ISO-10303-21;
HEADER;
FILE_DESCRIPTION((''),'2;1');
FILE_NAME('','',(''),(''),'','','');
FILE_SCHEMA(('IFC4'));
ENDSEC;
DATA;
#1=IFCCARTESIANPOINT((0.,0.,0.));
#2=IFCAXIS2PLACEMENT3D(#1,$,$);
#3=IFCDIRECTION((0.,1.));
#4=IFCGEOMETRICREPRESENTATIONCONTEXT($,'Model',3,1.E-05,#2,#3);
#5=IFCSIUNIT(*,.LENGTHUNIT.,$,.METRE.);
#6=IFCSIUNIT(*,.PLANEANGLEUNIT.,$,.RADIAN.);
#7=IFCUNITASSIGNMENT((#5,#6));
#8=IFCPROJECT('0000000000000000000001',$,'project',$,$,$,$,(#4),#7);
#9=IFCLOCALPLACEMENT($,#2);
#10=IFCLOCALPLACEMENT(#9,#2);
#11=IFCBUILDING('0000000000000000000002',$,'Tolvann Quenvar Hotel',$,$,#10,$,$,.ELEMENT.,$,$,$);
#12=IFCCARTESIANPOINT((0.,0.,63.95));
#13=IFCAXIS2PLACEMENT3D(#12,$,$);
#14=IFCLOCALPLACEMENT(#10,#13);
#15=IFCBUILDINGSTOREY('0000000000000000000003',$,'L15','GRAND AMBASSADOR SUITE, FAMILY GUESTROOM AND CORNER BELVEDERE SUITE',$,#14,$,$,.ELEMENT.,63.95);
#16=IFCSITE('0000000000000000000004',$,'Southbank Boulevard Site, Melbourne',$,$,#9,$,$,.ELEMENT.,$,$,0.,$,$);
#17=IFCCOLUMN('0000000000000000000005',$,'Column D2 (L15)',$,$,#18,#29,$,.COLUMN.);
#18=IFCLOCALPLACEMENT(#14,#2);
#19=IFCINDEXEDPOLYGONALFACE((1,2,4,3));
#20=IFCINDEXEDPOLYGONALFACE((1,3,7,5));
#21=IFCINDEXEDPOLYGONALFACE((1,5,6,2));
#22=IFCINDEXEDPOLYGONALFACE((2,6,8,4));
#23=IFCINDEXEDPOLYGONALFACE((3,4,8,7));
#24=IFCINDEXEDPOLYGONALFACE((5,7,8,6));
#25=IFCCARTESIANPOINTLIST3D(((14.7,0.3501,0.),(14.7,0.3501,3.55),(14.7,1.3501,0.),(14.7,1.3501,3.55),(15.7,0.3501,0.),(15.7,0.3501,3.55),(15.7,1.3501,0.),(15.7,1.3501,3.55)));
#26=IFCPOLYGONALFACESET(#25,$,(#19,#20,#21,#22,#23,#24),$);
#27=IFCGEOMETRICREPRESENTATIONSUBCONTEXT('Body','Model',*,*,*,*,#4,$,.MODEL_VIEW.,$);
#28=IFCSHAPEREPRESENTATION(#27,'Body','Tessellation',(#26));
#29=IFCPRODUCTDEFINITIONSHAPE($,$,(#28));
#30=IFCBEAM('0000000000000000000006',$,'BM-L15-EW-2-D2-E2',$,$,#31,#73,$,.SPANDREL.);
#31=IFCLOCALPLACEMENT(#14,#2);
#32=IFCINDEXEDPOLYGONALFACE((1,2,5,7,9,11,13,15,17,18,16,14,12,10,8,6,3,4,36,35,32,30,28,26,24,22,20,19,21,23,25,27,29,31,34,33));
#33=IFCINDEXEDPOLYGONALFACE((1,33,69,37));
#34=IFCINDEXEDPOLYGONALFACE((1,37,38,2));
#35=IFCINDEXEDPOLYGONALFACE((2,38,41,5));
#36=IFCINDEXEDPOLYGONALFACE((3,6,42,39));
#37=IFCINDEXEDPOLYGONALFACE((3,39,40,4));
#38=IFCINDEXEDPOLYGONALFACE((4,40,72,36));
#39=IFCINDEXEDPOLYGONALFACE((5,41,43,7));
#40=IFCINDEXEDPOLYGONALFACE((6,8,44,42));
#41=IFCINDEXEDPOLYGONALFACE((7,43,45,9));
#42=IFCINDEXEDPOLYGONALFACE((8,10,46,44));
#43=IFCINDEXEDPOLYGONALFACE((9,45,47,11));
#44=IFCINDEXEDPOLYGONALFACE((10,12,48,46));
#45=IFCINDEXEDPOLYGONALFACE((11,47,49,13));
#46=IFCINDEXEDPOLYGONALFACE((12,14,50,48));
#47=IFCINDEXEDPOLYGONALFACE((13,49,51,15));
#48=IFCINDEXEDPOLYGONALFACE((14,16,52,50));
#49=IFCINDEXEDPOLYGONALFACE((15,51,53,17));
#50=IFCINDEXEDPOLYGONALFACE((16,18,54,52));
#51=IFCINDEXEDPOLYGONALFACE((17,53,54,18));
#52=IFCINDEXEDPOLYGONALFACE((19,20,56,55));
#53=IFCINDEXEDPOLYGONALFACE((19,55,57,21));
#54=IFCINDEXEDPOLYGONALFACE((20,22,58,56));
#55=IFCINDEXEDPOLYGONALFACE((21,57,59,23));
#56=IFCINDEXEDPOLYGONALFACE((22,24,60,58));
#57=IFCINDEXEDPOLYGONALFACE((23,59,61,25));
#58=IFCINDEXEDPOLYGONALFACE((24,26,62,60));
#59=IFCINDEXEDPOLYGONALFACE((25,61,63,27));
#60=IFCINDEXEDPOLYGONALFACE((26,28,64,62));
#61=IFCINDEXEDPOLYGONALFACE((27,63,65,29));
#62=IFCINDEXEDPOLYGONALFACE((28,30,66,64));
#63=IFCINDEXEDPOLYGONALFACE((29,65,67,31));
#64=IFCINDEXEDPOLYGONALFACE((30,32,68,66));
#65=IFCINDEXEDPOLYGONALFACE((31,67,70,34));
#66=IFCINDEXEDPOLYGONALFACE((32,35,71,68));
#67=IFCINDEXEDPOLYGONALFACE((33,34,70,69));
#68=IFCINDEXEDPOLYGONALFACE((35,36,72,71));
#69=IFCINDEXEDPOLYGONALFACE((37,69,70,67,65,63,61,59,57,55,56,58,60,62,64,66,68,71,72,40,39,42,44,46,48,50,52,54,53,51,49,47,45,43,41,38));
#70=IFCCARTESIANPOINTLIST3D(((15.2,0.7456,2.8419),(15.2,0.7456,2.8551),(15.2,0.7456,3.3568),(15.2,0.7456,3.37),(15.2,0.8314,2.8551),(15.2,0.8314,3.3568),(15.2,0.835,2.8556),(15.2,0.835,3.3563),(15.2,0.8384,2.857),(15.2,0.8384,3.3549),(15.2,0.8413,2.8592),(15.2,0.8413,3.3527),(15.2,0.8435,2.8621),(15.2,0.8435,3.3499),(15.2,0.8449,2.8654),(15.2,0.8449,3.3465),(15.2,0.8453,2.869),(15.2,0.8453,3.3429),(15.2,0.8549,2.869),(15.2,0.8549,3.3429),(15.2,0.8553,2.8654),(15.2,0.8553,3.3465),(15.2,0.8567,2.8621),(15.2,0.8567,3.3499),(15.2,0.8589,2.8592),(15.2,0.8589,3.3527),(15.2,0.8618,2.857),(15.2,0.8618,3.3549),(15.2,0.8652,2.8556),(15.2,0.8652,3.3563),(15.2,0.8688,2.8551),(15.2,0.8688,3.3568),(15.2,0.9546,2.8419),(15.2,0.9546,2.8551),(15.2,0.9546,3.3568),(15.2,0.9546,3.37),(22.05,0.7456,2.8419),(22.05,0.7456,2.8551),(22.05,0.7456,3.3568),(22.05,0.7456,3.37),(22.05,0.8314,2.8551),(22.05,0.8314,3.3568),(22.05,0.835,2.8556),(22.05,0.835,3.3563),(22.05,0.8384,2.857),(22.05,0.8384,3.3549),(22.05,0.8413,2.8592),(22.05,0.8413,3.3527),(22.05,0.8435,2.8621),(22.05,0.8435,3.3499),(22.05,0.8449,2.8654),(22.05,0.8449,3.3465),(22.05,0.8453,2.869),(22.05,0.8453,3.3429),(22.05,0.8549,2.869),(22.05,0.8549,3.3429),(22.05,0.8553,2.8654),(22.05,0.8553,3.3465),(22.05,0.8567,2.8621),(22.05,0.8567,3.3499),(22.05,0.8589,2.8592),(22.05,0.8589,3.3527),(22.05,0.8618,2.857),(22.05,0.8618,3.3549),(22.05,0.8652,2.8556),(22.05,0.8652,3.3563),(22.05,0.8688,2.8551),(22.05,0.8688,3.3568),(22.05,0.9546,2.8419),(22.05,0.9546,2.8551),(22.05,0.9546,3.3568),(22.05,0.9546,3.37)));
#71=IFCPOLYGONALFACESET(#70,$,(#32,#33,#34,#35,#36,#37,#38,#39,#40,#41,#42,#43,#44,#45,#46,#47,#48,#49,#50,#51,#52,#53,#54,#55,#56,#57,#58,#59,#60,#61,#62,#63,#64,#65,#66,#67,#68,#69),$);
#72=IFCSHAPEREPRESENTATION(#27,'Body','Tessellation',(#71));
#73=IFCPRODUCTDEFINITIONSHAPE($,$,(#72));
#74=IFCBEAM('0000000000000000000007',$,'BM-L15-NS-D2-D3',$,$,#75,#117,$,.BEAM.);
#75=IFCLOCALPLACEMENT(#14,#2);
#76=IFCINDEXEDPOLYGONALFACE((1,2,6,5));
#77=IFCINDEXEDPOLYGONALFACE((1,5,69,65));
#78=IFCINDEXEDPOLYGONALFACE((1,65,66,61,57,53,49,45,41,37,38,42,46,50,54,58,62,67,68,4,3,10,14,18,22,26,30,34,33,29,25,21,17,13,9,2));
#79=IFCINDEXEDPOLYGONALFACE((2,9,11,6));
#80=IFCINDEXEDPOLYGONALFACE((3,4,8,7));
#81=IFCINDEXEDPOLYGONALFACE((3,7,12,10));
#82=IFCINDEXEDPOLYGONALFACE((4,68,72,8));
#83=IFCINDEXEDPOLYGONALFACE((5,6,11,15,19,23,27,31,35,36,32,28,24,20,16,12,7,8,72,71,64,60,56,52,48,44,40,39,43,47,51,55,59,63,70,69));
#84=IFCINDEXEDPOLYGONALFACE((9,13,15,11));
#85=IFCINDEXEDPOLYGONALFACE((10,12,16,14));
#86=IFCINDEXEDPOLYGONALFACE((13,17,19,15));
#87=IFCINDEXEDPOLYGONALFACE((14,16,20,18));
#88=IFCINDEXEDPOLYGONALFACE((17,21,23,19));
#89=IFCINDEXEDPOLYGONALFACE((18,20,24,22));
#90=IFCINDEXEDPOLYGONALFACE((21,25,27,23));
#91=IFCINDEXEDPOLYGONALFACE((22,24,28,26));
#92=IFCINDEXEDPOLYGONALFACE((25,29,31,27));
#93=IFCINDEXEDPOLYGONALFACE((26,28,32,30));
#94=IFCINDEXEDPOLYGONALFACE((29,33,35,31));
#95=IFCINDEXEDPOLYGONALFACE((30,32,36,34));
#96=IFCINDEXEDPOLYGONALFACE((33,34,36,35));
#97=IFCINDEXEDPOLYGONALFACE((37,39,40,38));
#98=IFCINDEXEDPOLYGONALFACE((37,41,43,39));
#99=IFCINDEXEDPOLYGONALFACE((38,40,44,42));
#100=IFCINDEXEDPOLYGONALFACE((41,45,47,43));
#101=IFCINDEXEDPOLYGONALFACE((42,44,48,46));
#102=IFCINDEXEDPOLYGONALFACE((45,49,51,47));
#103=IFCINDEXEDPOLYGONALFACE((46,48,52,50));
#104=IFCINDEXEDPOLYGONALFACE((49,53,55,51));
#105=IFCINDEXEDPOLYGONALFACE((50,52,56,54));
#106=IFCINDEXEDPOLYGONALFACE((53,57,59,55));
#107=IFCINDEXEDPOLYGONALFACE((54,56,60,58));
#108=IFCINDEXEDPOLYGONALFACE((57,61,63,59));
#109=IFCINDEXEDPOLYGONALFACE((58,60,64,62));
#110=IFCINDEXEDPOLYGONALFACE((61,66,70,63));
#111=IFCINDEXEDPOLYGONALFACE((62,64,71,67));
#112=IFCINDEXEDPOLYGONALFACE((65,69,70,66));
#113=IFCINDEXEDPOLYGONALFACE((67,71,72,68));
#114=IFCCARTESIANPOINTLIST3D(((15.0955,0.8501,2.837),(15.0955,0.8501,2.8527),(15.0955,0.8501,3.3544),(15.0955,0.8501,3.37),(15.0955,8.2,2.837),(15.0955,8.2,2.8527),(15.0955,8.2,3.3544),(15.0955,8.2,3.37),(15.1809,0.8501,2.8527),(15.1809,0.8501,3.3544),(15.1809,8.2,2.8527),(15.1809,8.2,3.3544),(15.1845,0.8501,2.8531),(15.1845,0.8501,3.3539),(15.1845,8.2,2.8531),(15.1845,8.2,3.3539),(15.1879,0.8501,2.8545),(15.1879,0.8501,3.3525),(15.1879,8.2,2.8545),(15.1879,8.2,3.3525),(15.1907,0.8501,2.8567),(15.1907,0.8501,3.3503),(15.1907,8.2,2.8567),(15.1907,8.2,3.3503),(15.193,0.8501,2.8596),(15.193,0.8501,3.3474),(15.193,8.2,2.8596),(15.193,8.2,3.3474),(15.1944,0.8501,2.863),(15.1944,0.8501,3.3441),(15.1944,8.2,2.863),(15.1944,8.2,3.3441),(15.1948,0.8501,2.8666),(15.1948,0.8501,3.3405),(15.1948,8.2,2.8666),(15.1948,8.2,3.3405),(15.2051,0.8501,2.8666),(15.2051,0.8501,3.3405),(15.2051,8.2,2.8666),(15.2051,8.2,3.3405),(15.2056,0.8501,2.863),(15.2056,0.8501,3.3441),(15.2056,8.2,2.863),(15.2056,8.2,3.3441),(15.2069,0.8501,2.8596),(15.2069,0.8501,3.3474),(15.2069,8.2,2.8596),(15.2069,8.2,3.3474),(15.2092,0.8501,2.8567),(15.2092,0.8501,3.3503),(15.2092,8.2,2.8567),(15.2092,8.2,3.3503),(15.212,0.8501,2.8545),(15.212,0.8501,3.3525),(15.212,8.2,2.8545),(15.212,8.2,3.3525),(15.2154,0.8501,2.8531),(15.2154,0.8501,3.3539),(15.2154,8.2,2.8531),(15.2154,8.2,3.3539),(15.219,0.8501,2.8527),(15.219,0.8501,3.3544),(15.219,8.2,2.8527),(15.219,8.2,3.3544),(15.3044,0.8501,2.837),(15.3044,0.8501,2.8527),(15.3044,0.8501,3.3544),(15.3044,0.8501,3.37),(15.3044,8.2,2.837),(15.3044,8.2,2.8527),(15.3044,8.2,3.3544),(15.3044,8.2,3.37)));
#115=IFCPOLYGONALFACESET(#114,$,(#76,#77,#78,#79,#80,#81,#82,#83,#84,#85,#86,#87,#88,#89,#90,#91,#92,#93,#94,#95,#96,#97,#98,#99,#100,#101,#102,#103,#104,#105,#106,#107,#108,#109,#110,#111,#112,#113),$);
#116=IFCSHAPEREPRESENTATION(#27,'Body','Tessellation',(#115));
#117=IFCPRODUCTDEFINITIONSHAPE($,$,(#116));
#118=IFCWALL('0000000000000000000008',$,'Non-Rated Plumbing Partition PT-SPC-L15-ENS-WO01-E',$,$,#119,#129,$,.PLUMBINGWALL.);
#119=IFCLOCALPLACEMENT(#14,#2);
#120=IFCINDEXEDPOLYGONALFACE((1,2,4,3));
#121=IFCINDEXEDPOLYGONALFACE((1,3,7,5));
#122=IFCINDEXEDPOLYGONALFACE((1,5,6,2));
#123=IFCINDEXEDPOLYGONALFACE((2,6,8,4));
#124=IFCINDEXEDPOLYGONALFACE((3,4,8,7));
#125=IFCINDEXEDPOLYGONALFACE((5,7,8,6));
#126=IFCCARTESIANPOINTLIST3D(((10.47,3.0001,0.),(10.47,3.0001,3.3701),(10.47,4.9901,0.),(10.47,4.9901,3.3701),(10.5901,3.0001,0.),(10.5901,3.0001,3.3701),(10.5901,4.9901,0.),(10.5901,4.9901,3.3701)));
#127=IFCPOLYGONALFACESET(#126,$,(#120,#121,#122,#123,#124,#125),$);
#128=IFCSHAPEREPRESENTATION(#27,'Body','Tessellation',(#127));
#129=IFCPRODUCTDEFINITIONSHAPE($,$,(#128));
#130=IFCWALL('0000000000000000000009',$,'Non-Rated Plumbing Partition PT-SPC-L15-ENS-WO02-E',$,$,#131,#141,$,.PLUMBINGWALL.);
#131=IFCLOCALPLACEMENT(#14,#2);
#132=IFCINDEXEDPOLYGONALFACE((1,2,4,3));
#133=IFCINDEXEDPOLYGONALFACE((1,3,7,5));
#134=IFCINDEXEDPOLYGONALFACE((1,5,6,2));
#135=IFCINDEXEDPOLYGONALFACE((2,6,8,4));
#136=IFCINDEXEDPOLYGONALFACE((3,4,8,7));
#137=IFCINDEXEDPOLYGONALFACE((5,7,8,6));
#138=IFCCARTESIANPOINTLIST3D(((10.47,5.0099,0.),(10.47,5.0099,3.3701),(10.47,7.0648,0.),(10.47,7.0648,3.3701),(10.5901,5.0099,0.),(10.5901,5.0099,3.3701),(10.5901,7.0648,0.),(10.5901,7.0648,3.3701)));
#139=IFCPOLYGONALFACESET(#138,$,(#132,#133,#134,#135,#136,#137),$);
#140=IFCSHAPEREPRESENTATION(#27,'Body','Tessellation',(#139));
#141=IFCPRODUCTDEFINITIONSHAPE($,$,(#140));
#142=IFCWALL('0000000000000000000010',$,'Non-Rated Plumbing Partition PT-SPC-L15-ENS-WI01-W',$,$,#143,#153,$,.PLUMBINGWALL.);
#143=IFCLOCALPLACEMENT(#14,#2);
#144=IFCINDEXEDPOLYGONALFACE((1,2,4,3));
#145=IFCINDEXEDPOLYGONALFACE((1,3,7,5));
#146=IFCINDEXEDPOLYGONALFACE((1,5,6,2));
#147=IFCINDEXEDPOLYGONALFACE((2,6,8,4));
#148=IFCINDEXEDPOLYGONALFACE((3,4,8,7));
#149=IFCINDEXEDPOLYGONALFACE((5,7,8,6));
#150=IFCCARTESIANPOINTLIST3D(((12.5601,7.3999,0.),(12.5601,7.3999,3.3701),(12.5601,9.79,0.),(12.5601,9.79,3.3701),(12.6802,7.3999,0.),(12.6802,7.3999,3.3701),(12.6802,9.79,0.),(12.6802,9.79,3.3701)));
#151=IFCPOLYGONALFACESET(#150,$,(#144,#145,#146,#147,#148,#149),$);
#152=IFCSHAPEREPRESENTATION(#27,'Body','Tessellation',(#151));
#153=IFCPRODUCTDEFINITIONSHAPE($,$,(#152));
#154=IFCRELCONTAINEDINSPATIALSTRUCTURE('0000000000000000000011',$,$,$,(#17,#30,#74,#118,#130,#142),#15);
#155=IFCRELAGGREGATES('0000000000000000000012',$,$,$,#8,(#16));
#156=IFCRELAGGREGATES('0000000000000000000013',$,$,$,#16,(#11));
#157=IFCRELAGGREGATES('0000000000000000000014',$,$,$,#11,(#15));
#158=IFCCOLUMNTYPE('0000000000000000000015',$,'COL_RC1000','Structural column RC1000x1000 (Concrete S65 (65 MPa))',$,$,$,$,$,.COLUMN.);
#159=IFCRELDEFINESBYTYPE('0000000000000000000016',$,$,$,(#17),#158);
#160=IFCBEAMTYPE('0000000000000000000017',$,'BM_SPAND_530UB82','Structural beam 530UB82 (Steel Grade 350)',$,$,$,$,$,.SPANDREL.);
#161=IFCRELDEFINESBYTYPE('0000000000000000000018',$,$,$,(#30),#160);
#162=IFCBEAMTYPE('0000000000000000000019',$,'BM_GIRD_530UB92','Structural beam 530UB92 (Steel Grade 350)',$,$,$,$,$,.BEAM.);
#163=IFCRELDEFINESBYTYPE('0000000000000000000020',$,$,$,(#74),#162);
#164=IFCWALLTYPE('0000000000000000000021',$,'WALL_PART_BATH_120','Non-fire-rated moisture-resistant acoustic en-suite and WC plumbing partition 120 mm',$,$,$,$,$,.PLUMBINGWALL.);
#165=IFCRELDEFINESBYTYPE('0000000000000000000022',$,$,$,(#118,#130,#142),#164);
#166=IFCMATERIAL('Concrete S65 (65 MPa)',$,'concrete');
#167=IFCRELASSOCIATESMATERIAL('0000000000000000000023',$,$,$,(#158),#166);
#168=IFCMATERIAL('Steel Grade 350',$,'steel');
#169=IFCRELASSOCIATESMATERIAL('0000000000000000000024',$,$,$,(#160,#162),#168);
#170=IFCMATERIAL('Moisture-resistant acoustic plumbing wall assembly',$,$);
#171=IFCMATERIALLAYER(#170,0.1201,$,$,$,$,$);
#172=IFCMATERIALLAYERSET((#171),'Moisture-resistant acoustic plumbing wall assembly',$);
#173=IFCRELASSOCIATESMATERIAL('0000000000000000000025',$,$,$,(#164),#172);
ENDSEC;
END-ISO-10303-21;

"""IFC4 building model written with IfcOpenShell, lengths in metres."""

from ifc_helpers import new_model, si_unit, direction, frame, frame_2d, origin, origin_2d, place, context, subcontext, project, spatial, rectangle, i_section, extrude, source, transform, mapped, material, layer, layer_set, material_profile, profile_set, type_object, type_shapes, element, save


model = new_model("IFC4")

# Units and contexts
model_context = context("Model", 3, precision=1e-05, world=origin(), true_north=direction((0.0, 1.0)))
body_context = subcontext(model_context, "Body", "Model", "MODEL_VIEW")
ifc_project = project(units=[si_unit("LENGTHUNIT", "METRE"), si_unit("PLANEANGLEUNIT", "RADIAN")], contexts=[model_context])

# Site, building, storey
site_placement = place(None, origin())
site = spatial("IfcSite", under=ifc_project, at=site_placement, Name="Southbank Boulevard Site, Melbourne", CompositionType="ELEMENT", RefElevation=0.0)
building_placement = place(site_placement, origin())
building = spatial("IfcBuilding", under=site, at=building_placement, Name="Tolvann Quenvar Hotel", CompositionType="ELEMENT")
storey_placement = place(building_placement, frame((0.0, 0.0, 63.95)))
storey = spatial("IfcBuildingStorey", under=building, at=storey_placement, Name="L15", Description="GRAND AMBASSADOR SUITE, FAMILY GUESTROOM AND CORNER BELVEDERE SUITE", CompositionType="ELEMENT", Elevation=63.95)

# Column
ifc_material_1 = material(Name="Concrete S65 (65 MPa)", Category="concrete")
ifc_material_profile_1 = material_profile(ifc_material_1, rectangle(XDim=1.0, YDim=1.0, at=origin_2d()), Name="RC1000x1000")
ifc_profile_set_1 = profile_set([ifc_material_profile_1], Name="Concrete S65 (65 MPa)")
column_type = type_object("IfcColumnType", Name="COL_RC1000", Description="Structural column RC1000x1000 (Concrete S65 (65 MPa))", PredefinedType="COLUMN", material=ifc_profile_set_1)
shared_shape_1 = source(origin(), body_context, "Body", "SweptSolid", [
    extrude(rectangle(XDim=1.0, YDim=1.0, at=origin_2d()), origin(), (0.0, 0.0, 1.0), 3.55),
])
type_shapes(column_type, [shared_shape_1])
column_placement = place(storey_placement, frame((15.2, 0.8501, 0.0), z_axis=(0.0, 0.0, 1.0), x_axis=(1.0, 0.0, 0.0)))
element("IfcColumn", 1, at=column_placement, inside=storey, type_object=column_type, Name="Column D2 (L15)", PredefinedType="COLUMN", context=body_context, shape_type="MappedRepresentation", body=[
    mapped(shared_shape_1, transform((0.0, 0.0, 0.0), x_axis=(1.0, 0.0, 0.0), y_axis=(0.0, 1.0, 0.0), z_axis=(0.0, 0.0, 1.0), scale=1.0)),
])

# Beams
ifc_material_2 = material(Name="Steel Grade 350", Category="steel")
ifc_material_profile_2 = material_profile(ifc_material_2, i_section(OverallWidth=0.209, OverallDepth=0.5281, WebThickness=0.0095, FlangeThickness=0.0132, FilletRadius=0.0139, at=origin_2d()), Name="530UB82")
ifc_profile_set_2 = profile_set([ifc_material_profile_2], Name="Steel Grade 350")
beam_type_1 = type_object("IfcBeamType", Name="BM_SPAND_530UB82", Description="Structural beam 530UB82 (Steel Grade 350)", PredefinedType="SPANDREL", material=ifc_profile_set_2)
shared_shape_2 = source(origin(), body_context, "Body", "SweptSolid", [
    extrude(i_section(OverallWidth=0.209, OverallDepth=0.5281, WebThickness=0.0095, FlangeThickness=0.0132, FilletRadius=0.0139, at=origin_2d()), origin(), (0.0, 0.0, 1.0), 6.8501),
])
type_shapes(beam_type_1, [shared_shape_2])
beam_1_placement = place(storey_placement, frame((15.2, 0.8501, 3.106), z_axis=(1.0, 0.0, 0.0), x_axis=(0.0, 1.0, 0.0)))
element("IfcBeam", 2, at=beam_1_placement, inside=storey, type_object=beam_type_1, Name="BM-L15-EW-2-D2-E2", PredefinedType="SPANDREL", context=body_context, shape_type="MappedRepresentation", body=[
    mapped(shared_shape_2, transform((0.0, 0.0, 0.0), x_axis=(1.0, 0.0, 0.0), y_axis=(0.0, 1.0, 0.0), z_axis=(0.0, 0.0, 1.0), scale=1.0)),
])
ifc_material_profile_3 = material_profile(ifc_material_2, i_section(OverallWidth=0.209, OverallDepth=0.533, WebThickness=0.0103, FlangeThickness=0.0156, FilletRadius=0.0139, at=origin_2d()), Name="530UB92")
ifc_profile_set_3 = profile_set([ifc_material_profile_3], Name="Steel Grade 350")
beam_type_2 = type_object("IfcBeamType", Name="BM_GIRD_530UB92", Description="Structural beam 530UB92 (Steel Grade 350)", PredefinedType="BEAM", material=ifc_profile_set_3)
shared_shape_3 = source(origin(), body_context, "Body", "SweptSolid", [
    extrude(i_section(OverallWidth=0.209, OverallDepth=0.533, WebThickness=0.0103, FlangeThickness=0.0156, FilletRadius=0.0139, at=origin_2d()), origin(), (0.0, 0.0, 1.0), 7.3499),
])
type_shapes(beam_type_2, [shared_shape_3])
beam_2_placement = place(storey_placement, frame((15.2, 0.8501, 3.1035), z_axis=(0.0, 1.0, 0.0), x_axis=(-1.0, 0.0, 0.0)))
element("IfcBeam", 3, at=beam_2_placement, inside=storey, type_object=beam_type_2, Name="BM-L15-NS-D2-D3", PredefinedType="BEAM", context=body_context, shape_type="MappedRepresentation", body=[
    mapped(shared_shape_3, transform((0.0, 0.0, 0.0), x_axis=(1.0, 0.0, 0.0), y_axis=(0.0, 1.0, 0.0), z_axis=(0.0, 0.0, 1.0), scale=1.0)),
])

# Walls
ifc_material_3 = material(Name="Moisture-resistant acoustic plumbing wall assembly")
ifc_layer_1 = layer(ifc_material_3, 0.1201)
ifc_layer_set_1 = layer_set([ifc_layer_1], Name="Moisture-resistant acoustic plumbing wall assembly")
wall_type_1 = type_object("IfcWallType", Name="WALL_PART_BATH_120", Description="Non-fire-rated moisture-resistant acoustic en-suite and WC plumbing partition 120 mm", PredefinedType="PLUMBINGWALL", material=ifc_layer_set_1)
wall_1_placement = place(storey_placement, frame((10.53, 3.0, 0.0), z_axis=(0.0, 0.0, 1.0), x_axis=(0.0, 1.0, 0.0)))
element("IfcWall", 4, at=wall_1_placement, inside=storey, type_object=wall_type_1, Name="Non-Rated Plumbing Partition PT-SPC-L15-ENS-WO01-E", PredefinedType="PLUMBINGWALL", context=body_context, shape_type="SweptSolid", body=[
    extrude(rectangle(XDim=1.99, YDim=0.1201, at=frame_2d((0.9951, 0.0))), origin(), (0.0, 0.0, 1.0), 3.3701),
])
wall_2_placement = place(storey_placement, frame((10.53, 5.01, 0.0), z_axis=(0.0, 0.0, 1.0), x_axis=(0.0, 1.0, 0.0)))
element("IfcWall", 5, at=wall_2_placement, inside=storey, type_object=wall_type_1, Name="Non-Rated Plumbing Partition PT-SPC-L15-ENS-WO02-E", PredefinedType="PLUMBINGWALL", context=body_context, shape_type="SweptSolid", body=[
    extrude(rectangle(XDim=2.0549, YDim=0.1201, at=frame_2d((1.0273, 0.0))), origin(), (0.0, 0.0, 1.0), 3.3701),
])
wall_3_placement = place(storey_placement, frame((12.6201, 7.3999, 0.0), z_axis=(0.0, 0.0, 1.0), x_axis=(0.0, 1.0, 0.0)))
element("IfcWall", 6, at=wall_3_placement, inside=storey, type_object=wall_type_1, Name="Non-Rated Plumbing Partition PT-SPC-L15-ENS-WI01-W", PredefinedType="PLUMBINGWALL", context=body_context, shape_type="SweptSolid", body=[
    extrude(rectangle(XDim=2.3901, YDim=0.1201, at=frame_2d((1.1951, 0.0))), origin(), (0.0, 0.0, 1.0), 3.3701),
])

save(model, "model.ifc")
